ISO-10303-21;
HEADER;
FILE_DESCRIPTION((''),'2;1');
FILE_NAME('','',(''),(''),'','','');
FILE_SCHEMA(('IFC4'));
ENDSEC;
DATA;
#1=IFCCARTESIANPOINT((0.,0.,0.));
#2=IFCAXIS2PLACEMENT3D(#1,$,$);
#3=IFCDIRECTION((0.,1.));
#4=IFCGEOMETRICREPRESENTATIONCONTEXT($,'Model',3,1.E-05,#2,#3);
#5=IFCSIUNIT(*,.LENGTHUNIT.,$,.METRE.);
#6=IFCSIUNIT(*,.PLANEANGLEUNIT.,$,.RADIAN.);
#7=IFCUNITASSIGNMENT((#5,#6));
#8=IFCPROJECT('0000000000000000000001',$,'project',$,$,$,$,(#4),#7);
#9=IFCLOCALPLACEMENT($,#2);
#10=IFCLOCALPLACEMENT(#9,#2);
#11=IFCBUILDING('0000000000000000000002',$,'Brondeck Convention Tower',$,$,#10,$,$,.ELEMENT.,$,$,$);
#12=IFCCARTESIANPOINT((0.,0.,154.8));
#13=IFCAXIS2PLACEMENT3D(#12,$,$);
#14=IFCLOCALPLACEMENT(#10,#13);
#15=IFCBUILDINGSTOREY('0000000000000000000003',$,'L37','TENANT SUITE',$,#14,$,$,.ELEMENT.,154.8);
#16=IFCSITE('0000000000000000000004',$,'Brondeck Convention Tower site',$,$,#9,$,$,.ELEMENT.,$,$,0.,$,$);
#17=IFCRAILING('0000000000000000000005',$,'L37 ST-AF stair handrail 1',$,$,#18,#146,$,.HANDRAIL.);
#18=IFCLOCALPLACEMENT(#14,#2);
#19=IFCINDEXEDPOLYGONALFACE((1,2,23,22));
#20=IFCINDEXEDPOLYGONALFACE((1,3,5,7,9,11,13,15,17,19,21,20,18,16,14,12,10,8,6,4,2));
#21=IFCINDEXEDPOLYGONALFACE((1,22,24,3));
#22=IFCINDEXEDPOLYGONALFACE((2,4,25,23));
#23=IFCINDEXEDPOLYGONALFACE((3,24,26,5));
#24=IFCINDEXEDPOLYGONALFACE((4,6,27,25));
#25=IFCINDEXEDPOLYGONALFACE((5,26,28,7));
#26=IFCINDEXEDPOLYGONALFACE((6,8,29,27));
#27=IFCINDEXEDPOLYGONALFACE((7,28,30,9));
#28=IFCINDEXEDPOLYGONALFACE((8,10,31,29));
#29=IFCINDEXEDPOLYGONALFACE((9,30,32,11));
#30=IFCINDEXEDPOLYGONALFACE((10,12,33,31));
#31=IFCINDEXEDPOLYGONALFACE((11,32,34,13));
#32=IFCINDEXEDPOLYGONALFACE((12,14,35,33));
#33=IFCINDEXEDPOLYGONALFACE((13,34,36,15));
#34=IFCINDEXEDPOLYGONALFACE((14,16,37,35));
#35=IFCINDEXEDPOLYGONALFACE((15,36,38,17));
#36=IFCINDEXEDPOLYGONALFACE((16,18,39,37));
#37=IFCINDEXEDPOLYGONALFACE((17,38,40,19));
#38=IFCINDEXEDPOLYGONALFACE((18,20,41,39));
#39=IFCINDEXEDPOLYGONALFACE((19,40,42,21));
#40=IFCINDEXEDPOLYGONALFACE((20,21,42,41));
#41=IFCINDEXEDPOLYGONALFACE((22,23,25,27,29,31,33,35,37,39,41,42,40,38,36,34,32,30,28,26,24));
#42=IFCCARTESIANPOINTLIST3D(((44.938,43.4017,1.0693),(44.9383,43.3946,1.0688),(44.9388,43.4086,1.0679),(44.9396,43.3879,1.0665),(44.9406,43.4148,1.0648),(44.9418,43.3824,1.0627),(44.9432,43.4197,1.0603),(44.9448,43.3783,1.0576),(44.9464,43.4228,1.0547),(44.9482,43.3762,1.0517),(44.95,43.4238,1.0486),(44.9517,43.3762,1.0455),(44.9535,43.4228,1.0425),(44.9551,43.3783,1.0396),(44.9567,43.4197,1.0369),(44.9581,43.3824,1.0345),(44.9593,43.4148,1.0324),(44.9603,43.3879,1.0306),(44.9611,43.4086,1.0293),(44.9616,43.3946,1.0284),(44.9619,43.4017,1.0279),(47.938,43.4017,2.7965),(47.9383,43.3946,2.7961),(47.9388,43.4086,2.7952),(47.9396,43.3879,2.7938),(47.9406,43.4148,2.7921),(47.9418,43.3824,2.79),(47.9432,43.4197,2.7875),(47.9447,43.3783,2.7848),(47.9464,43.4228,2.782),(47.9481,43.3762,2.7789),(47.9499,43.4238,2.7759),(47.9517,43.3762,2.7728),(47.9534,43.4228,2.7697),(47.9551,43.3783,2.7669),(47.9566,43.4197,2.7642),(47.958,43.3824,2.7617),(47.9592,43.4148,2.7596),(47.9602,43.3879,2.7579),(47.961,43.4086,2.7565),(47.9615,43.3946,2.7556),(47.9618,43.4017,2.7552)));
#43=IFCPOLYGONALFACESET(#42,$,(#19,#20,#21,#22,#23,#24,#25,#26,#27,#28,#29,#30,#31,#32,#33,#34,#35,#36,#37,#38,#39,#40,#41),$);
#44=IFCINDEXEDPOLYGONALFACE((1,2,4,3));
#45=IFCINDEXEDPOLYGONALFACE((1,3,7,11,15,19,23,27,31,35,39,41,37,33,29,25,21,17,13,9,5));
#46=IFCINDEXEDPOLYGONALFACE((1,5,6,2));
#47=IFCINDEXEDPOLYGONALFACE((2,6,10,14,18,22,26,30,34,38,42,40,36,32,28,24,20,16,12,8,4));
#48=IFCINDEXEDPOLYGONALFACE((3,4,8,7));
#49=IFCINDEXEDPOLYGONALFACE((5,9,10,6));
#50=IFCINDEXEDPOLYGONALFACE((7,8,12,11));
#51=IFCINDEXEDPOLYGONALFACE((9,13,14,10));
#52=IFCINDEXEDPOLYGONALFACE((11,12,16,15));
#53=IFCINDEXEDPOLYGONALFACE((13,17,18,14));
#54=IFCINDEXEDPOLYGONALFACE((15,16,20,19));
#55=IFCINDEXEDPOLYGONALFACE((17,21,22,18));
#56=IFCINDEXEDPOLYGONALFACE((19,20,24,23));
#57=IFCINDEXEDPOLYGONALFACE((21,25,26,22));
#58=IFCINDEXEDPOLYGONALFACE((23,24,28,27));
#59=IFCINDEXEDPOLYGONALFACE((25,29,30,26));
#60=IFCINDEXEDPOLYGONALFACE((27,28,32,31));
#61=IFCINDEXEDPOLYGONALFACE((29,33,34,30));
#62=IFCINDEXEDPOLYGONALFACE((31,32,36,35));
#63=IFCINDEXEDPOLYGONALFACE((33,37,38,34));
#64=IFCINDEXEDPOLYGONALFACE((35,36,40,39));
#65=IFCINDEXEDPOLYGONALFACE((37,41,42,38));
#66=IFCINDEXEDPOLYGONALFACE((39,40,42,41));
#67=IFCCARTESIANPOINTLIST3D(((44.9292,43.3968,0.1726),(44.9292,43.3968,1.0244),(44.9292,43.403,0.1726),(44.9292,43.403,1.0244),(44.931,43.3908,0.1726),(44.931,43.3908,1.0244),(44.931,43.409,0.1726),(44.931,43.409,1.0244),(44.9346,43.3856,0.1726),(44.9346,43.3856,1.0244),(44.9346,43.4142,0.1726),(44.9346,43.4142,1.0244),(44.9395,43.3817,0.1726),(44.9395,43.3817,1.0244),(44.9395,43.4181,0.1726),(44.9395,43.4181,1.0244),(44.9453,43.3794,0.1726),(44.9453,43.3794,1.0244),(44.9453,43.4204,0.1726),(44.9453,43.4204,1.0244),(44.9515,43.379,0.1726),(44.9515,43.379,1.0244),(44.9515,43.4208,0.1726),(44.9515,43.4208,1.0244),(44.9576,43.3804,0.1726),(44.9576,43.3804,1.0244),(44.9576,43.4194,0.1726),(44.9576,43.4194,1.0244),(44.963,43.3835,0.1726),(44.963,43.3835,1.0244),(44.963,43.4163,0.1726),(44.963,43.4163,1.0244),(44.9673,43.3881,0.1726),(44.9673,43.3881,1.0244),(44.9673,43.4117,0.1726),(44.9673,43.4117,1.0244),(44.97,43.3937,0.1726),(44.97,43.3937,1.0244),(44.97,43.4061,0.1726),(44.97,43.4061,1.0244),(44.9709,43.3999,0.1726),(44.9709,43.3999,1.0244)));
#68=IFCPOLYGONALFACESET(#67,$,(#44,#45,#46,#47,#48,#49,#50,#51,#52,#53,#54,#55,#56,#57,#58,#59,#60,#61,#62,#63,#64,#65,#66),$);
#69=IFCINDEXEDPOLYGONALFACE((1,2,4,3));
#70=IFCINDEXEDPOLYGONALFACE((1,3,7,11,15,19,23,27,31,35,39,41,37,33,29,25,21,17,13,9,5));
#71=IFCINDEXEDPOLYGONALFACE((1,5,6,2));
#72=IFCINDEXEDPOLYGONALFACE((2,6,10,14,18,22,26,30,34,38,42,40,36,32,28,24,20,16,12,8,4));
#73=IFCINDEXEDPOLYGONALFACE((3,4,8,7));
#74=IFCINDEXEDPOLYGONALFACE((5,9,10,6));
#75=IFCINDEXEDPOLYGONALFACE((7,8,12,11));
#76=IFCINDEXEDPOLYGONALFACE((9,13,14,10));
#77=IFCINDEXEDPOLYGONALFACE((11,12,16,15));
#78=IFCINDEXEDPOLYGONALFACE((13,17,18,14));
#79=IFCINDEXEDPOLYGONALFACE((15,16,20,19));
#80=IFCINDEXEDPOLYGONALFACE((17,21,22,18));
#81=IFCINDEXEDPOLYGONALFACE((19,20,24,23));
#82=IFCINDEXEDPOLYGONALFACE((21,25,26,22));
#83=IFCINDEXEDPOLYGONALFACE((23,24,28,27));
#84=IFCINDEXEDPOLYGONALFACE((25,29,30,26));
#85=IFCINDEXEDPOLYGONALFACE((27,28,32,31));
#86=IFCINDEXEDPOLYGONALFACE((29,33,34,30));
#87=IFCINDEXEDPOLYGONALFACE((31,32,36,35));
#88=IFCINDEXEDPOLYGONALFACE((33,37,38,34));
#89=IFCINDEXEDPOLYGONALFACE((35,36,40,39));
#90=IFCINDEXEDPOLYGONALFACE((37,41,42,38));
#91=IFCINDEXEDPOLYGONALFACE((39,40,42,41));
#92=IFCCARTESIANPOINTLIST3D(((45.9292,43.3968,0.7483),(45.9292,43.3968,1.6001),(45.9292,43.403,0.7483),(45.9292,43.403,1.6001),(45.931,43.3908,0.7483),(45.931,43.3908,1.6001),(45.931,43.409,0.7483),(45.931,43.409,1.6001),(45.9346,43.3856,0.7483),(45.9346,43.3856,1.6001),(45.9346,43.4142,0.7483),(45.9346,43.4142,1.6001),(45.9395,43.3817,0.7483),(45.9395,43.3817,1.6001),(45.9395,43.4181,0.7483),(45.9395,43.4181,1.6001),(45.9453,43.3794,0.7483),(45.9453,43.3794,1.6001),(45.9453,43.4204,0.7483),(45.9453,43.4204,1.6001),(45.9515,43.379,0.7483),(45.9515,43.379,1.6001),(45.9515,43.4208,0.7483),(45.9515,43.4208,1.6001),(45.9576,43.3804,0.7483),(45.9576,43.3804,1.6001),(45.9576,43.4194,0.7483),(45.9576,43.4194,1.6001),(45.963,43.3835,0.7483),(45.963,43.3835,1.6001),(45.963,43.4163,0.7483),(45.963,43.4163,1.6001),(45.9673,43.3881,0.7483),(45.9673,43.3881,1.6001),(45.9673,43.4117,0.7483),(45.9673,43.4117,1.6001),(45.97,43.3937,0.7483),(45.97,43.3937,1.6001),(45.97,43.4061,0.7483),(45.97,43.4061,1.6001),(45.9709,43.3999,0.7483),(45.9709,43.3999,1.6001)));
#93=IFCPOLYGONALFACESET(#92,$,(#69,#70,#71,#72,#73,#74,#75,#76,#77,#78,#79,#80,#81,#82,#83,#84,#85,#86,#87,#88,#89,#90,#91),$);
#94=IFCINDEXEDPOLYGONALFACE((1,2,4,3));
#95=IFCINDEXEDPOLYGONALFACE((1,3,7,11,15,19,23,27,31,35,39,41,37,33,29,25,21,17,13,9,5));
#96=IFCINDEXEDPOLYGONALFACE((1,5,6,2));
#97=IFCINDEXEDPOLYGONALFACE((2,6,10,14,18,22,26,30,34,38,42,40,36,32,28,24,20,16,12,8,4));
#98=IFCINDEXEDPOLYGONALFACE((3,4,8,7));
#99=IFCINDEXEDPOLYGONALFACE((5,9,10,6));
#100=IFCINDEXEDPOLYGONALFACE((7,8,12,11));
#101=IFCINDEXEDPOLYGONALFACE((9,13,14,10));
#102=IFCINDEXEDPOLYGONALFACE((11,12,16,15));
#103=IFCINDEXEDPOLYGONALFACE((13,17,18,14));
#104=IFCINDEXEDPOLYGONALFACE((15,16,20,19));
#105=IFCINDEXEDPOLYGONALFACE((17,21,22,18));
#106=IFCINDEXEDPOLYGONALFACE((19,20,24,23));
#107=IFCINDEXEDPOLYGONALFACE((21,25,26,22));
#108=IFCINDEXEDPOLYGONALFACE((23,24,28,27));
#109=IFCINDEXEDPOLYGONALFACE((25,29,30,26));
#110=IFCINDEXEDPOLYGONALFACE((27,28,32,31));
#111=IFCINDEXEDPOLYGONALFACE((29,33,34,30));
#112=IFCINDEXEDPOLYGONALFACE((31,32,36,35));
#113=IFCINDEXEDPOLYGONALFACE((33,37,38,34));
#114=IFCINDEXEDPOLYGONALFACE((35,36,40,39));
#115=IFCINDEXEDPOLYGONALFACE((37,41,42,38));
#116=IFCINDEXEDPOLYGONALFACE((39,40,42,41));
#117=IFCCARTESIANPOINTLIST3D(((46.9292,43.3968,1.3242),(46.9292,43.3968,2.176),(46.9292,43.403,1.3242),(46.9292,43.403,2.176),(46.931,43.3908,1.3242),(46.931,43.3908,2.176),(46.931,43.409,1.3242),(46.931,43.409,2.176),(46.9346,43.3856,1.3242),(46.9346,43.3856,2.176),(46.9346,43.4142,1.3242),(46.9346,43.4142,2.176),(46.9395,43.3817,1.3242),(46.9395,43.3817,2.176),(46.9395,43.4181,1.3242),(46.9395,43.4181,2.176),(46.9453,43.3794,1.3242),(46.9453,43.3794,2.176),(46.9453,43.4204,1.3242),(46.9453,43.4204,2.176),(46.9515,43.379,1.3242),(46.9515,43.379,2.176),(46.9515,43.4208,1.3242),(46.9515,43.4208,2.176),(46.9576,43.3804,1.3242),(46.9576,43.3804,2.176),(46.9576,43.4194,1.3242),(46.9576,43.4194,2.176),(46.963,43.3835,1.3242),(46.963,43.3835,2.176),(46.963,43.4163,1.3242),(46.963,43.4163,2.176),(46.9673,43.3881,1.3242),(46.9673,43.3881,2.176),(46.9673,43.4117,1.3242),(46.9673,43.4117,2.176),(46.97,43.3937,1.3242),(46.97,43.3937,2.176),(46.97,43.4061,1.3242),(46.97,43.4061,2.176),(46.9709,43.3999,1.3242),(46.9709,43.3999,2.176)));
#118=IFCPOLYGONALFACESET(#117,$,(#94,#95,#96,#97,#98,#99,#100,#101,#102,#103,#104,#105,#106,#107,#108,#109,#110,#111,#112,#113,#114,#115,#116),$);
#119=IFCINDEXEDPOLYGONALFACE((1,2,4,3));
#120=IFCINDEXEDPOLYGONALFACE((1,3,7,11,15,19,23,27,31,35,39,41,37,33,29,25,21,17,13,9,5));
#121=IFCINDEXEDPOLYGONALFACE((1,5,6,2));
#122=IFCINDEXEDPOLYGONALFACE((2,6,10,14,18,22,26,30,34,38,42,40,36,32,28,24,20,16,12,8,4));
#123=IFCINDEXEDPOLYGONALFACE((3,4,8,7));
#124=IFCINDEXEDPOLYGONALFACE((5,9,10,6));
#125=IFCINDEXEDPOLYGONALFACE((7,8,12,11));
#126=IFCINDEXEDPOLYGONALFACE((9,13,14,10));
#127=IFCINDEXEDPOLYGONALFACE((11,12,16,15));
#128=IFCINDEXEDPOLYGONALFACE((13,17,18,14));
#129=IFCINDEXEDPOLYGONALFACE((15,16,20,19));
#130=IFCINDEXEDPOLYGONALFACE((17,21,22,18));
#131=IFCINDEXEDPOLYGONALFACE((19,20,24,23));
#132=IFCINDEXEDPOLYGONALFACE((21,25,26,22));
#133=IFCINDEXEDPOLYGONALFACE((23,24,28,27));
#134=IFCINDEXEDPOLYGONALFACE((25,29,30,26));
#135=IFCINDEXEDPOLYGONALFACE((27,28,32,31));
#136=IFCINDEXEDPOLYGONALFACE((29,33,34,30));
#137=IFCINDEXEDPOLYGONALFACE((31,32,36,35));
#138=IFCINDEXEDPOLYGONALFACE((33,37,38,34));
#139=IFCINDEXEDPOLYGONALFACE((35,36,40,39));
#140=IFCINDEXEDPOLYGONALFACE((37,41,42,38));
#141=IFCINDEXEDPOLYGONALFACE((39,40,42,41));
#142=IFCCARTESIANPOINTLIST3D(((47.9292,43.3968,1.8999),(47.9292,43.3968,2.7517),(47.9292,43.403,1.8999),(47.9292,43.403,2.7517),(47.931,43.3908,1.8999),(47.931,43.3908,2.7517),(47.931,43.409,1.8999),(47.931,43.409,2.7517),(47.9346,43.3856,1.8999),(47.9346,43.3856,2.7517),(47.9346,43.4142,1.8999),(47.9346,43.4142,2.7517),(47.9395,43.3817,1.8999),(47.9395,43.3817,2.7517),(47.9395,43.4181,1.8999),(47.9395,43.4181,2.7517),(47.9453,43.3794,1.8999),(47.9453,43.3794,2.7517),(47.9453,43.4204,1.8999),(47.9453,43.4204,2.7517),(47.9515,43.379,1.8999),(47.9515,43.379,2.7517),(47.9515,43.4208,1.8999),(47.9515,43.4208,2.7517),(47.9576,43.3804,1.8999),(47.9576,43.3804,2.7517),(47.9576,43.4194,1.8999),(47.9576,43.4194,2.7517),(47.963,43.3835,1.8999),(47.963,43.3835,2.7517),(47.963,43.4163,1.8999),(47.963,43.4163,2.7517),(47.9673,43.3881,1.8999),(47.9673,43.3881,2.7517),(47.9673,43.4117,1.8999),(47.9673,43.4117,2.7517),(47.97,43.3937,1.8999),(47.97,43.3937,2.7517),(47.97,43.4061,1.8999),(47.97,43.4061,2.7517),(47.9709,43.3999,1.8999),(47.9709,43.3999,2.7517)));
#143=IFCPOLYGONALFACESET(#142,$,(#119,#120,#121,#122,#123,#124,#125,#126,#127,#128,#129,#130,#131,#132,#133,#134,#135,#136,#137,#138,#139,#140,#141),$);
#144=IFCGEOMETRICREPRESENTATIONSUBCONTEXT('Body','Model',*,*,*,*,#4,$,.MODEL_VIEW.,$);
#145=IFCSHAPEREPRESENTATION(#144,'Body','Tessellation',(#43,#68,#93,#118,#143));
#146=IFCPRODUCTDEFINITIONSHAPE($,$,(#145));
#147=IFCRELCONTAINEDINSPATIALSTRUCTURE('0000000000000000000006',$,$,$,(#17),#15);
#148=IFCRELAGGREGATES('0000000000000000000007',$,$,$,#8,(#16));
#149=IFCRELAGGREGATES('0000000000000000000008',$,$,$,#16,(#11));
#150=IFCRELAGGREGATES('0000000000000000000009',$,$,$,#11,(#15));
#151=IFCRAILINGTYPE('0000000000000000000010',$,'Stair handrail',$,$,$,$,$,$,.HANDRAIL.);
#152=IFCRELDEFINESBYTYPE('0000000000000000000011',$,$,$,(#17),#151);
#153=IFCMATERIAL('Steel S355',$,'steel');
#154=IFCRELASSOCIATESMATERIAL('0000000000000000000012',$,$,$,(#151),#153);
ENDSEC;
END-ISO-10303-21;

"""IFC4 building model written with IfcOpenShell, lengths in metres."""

from ifc_helpers import new_model, si_unit, direction, frame, origin, origin_2d, place, context, subcontext, project, spatial, circle, extrude, material, type_object, element, save


model = new_model("IFC4")

# Units and contexts
model_context = context("Model", 3, precision=1e-05, world=origin(), true_north=direction((0.0, 1.0)))
body_context = subcontext(model_context, "Body", "Model", "MODEL_VIEW")
ifc_project = project(units=[si_unit("LENGTHUNIT", "METRE"), si_unit("PLANEANGLEUNIT", "RADIAN")], contexts=[model_context])

# Site, building, storey
site_placement = place(None, origin())
site = spatial("IfcSite", under=ifc_project, at=site_placement, Name="Brondeck Convention Tower site", CompositionType="ELEMENT", RefElevation=0.0)
building_placement = place(site_placement, origin())
building = spatial("IfcBuilding", under=site, at=building_placement, Name="Brondeck Convention Tower", CompositionType="ELEMENT")
storey_placement = place(building_placement, frame((0.0, 0.0, 154.8)))
storey = spatial("IfcBuildingStorey", under=building, at=storey_placement, Name="L37", Description="TENANT SUITE", CompositionType="ELEMENT", Elevation=154.8)

# Shared definitions
ifc_material_1 = material(Name="Steel S355", Category="steel")

# Railing
railing_type_1 = type_object("IfcRailingType", Name="Stair handrail", PredefinedType="HANDRAIL", material=ifc_material_1)
railing_1_placement = place(storey_placement, frame((44.95, 43.3999, 0.1726)))
element("IfcRailing", 1, at=railing_1_placement, inside=storey, type_object=railing_type_1, Name="L37 ST-AF stair handrail 1", PredefinedType="HANDRAIL", context=body_context, shape_type="SweptSolid", body=[
    extrude(circle(Radius=0.0239, at=origin_2d()), frame((0.0, 0.0, 0.876), z_axis=(0.86662, 0.0, 0.498969), x_axis=(0.0, 1.0, 0.0)), (0.0, 0.0, 1.0), 3.4617),
    extrude(circle(Radius=0.021, at=origin_2d()), origin(), (0.0, 0.0, 1.0), 0.8518),
    extrude(circle(Radius=0.021, at=origin_2d()), frame((1.0, 0.0, 0.5757)), (0.0, 0.0, 1.0), 0.8518),
    extrude(circle(Radius=0.021, at=origin_2d()), frame((2.0, 0.0, 1.1516)), (0.0, 0.0, 1.0), 0.8518),
    extrude(circle(Radius=0.021, at=origin_2d()), frame((3.0, 0.0, 1.7273)), (0.0, 0.0, 1.0), 0.8518),
])

save(model, "model.ifc")
